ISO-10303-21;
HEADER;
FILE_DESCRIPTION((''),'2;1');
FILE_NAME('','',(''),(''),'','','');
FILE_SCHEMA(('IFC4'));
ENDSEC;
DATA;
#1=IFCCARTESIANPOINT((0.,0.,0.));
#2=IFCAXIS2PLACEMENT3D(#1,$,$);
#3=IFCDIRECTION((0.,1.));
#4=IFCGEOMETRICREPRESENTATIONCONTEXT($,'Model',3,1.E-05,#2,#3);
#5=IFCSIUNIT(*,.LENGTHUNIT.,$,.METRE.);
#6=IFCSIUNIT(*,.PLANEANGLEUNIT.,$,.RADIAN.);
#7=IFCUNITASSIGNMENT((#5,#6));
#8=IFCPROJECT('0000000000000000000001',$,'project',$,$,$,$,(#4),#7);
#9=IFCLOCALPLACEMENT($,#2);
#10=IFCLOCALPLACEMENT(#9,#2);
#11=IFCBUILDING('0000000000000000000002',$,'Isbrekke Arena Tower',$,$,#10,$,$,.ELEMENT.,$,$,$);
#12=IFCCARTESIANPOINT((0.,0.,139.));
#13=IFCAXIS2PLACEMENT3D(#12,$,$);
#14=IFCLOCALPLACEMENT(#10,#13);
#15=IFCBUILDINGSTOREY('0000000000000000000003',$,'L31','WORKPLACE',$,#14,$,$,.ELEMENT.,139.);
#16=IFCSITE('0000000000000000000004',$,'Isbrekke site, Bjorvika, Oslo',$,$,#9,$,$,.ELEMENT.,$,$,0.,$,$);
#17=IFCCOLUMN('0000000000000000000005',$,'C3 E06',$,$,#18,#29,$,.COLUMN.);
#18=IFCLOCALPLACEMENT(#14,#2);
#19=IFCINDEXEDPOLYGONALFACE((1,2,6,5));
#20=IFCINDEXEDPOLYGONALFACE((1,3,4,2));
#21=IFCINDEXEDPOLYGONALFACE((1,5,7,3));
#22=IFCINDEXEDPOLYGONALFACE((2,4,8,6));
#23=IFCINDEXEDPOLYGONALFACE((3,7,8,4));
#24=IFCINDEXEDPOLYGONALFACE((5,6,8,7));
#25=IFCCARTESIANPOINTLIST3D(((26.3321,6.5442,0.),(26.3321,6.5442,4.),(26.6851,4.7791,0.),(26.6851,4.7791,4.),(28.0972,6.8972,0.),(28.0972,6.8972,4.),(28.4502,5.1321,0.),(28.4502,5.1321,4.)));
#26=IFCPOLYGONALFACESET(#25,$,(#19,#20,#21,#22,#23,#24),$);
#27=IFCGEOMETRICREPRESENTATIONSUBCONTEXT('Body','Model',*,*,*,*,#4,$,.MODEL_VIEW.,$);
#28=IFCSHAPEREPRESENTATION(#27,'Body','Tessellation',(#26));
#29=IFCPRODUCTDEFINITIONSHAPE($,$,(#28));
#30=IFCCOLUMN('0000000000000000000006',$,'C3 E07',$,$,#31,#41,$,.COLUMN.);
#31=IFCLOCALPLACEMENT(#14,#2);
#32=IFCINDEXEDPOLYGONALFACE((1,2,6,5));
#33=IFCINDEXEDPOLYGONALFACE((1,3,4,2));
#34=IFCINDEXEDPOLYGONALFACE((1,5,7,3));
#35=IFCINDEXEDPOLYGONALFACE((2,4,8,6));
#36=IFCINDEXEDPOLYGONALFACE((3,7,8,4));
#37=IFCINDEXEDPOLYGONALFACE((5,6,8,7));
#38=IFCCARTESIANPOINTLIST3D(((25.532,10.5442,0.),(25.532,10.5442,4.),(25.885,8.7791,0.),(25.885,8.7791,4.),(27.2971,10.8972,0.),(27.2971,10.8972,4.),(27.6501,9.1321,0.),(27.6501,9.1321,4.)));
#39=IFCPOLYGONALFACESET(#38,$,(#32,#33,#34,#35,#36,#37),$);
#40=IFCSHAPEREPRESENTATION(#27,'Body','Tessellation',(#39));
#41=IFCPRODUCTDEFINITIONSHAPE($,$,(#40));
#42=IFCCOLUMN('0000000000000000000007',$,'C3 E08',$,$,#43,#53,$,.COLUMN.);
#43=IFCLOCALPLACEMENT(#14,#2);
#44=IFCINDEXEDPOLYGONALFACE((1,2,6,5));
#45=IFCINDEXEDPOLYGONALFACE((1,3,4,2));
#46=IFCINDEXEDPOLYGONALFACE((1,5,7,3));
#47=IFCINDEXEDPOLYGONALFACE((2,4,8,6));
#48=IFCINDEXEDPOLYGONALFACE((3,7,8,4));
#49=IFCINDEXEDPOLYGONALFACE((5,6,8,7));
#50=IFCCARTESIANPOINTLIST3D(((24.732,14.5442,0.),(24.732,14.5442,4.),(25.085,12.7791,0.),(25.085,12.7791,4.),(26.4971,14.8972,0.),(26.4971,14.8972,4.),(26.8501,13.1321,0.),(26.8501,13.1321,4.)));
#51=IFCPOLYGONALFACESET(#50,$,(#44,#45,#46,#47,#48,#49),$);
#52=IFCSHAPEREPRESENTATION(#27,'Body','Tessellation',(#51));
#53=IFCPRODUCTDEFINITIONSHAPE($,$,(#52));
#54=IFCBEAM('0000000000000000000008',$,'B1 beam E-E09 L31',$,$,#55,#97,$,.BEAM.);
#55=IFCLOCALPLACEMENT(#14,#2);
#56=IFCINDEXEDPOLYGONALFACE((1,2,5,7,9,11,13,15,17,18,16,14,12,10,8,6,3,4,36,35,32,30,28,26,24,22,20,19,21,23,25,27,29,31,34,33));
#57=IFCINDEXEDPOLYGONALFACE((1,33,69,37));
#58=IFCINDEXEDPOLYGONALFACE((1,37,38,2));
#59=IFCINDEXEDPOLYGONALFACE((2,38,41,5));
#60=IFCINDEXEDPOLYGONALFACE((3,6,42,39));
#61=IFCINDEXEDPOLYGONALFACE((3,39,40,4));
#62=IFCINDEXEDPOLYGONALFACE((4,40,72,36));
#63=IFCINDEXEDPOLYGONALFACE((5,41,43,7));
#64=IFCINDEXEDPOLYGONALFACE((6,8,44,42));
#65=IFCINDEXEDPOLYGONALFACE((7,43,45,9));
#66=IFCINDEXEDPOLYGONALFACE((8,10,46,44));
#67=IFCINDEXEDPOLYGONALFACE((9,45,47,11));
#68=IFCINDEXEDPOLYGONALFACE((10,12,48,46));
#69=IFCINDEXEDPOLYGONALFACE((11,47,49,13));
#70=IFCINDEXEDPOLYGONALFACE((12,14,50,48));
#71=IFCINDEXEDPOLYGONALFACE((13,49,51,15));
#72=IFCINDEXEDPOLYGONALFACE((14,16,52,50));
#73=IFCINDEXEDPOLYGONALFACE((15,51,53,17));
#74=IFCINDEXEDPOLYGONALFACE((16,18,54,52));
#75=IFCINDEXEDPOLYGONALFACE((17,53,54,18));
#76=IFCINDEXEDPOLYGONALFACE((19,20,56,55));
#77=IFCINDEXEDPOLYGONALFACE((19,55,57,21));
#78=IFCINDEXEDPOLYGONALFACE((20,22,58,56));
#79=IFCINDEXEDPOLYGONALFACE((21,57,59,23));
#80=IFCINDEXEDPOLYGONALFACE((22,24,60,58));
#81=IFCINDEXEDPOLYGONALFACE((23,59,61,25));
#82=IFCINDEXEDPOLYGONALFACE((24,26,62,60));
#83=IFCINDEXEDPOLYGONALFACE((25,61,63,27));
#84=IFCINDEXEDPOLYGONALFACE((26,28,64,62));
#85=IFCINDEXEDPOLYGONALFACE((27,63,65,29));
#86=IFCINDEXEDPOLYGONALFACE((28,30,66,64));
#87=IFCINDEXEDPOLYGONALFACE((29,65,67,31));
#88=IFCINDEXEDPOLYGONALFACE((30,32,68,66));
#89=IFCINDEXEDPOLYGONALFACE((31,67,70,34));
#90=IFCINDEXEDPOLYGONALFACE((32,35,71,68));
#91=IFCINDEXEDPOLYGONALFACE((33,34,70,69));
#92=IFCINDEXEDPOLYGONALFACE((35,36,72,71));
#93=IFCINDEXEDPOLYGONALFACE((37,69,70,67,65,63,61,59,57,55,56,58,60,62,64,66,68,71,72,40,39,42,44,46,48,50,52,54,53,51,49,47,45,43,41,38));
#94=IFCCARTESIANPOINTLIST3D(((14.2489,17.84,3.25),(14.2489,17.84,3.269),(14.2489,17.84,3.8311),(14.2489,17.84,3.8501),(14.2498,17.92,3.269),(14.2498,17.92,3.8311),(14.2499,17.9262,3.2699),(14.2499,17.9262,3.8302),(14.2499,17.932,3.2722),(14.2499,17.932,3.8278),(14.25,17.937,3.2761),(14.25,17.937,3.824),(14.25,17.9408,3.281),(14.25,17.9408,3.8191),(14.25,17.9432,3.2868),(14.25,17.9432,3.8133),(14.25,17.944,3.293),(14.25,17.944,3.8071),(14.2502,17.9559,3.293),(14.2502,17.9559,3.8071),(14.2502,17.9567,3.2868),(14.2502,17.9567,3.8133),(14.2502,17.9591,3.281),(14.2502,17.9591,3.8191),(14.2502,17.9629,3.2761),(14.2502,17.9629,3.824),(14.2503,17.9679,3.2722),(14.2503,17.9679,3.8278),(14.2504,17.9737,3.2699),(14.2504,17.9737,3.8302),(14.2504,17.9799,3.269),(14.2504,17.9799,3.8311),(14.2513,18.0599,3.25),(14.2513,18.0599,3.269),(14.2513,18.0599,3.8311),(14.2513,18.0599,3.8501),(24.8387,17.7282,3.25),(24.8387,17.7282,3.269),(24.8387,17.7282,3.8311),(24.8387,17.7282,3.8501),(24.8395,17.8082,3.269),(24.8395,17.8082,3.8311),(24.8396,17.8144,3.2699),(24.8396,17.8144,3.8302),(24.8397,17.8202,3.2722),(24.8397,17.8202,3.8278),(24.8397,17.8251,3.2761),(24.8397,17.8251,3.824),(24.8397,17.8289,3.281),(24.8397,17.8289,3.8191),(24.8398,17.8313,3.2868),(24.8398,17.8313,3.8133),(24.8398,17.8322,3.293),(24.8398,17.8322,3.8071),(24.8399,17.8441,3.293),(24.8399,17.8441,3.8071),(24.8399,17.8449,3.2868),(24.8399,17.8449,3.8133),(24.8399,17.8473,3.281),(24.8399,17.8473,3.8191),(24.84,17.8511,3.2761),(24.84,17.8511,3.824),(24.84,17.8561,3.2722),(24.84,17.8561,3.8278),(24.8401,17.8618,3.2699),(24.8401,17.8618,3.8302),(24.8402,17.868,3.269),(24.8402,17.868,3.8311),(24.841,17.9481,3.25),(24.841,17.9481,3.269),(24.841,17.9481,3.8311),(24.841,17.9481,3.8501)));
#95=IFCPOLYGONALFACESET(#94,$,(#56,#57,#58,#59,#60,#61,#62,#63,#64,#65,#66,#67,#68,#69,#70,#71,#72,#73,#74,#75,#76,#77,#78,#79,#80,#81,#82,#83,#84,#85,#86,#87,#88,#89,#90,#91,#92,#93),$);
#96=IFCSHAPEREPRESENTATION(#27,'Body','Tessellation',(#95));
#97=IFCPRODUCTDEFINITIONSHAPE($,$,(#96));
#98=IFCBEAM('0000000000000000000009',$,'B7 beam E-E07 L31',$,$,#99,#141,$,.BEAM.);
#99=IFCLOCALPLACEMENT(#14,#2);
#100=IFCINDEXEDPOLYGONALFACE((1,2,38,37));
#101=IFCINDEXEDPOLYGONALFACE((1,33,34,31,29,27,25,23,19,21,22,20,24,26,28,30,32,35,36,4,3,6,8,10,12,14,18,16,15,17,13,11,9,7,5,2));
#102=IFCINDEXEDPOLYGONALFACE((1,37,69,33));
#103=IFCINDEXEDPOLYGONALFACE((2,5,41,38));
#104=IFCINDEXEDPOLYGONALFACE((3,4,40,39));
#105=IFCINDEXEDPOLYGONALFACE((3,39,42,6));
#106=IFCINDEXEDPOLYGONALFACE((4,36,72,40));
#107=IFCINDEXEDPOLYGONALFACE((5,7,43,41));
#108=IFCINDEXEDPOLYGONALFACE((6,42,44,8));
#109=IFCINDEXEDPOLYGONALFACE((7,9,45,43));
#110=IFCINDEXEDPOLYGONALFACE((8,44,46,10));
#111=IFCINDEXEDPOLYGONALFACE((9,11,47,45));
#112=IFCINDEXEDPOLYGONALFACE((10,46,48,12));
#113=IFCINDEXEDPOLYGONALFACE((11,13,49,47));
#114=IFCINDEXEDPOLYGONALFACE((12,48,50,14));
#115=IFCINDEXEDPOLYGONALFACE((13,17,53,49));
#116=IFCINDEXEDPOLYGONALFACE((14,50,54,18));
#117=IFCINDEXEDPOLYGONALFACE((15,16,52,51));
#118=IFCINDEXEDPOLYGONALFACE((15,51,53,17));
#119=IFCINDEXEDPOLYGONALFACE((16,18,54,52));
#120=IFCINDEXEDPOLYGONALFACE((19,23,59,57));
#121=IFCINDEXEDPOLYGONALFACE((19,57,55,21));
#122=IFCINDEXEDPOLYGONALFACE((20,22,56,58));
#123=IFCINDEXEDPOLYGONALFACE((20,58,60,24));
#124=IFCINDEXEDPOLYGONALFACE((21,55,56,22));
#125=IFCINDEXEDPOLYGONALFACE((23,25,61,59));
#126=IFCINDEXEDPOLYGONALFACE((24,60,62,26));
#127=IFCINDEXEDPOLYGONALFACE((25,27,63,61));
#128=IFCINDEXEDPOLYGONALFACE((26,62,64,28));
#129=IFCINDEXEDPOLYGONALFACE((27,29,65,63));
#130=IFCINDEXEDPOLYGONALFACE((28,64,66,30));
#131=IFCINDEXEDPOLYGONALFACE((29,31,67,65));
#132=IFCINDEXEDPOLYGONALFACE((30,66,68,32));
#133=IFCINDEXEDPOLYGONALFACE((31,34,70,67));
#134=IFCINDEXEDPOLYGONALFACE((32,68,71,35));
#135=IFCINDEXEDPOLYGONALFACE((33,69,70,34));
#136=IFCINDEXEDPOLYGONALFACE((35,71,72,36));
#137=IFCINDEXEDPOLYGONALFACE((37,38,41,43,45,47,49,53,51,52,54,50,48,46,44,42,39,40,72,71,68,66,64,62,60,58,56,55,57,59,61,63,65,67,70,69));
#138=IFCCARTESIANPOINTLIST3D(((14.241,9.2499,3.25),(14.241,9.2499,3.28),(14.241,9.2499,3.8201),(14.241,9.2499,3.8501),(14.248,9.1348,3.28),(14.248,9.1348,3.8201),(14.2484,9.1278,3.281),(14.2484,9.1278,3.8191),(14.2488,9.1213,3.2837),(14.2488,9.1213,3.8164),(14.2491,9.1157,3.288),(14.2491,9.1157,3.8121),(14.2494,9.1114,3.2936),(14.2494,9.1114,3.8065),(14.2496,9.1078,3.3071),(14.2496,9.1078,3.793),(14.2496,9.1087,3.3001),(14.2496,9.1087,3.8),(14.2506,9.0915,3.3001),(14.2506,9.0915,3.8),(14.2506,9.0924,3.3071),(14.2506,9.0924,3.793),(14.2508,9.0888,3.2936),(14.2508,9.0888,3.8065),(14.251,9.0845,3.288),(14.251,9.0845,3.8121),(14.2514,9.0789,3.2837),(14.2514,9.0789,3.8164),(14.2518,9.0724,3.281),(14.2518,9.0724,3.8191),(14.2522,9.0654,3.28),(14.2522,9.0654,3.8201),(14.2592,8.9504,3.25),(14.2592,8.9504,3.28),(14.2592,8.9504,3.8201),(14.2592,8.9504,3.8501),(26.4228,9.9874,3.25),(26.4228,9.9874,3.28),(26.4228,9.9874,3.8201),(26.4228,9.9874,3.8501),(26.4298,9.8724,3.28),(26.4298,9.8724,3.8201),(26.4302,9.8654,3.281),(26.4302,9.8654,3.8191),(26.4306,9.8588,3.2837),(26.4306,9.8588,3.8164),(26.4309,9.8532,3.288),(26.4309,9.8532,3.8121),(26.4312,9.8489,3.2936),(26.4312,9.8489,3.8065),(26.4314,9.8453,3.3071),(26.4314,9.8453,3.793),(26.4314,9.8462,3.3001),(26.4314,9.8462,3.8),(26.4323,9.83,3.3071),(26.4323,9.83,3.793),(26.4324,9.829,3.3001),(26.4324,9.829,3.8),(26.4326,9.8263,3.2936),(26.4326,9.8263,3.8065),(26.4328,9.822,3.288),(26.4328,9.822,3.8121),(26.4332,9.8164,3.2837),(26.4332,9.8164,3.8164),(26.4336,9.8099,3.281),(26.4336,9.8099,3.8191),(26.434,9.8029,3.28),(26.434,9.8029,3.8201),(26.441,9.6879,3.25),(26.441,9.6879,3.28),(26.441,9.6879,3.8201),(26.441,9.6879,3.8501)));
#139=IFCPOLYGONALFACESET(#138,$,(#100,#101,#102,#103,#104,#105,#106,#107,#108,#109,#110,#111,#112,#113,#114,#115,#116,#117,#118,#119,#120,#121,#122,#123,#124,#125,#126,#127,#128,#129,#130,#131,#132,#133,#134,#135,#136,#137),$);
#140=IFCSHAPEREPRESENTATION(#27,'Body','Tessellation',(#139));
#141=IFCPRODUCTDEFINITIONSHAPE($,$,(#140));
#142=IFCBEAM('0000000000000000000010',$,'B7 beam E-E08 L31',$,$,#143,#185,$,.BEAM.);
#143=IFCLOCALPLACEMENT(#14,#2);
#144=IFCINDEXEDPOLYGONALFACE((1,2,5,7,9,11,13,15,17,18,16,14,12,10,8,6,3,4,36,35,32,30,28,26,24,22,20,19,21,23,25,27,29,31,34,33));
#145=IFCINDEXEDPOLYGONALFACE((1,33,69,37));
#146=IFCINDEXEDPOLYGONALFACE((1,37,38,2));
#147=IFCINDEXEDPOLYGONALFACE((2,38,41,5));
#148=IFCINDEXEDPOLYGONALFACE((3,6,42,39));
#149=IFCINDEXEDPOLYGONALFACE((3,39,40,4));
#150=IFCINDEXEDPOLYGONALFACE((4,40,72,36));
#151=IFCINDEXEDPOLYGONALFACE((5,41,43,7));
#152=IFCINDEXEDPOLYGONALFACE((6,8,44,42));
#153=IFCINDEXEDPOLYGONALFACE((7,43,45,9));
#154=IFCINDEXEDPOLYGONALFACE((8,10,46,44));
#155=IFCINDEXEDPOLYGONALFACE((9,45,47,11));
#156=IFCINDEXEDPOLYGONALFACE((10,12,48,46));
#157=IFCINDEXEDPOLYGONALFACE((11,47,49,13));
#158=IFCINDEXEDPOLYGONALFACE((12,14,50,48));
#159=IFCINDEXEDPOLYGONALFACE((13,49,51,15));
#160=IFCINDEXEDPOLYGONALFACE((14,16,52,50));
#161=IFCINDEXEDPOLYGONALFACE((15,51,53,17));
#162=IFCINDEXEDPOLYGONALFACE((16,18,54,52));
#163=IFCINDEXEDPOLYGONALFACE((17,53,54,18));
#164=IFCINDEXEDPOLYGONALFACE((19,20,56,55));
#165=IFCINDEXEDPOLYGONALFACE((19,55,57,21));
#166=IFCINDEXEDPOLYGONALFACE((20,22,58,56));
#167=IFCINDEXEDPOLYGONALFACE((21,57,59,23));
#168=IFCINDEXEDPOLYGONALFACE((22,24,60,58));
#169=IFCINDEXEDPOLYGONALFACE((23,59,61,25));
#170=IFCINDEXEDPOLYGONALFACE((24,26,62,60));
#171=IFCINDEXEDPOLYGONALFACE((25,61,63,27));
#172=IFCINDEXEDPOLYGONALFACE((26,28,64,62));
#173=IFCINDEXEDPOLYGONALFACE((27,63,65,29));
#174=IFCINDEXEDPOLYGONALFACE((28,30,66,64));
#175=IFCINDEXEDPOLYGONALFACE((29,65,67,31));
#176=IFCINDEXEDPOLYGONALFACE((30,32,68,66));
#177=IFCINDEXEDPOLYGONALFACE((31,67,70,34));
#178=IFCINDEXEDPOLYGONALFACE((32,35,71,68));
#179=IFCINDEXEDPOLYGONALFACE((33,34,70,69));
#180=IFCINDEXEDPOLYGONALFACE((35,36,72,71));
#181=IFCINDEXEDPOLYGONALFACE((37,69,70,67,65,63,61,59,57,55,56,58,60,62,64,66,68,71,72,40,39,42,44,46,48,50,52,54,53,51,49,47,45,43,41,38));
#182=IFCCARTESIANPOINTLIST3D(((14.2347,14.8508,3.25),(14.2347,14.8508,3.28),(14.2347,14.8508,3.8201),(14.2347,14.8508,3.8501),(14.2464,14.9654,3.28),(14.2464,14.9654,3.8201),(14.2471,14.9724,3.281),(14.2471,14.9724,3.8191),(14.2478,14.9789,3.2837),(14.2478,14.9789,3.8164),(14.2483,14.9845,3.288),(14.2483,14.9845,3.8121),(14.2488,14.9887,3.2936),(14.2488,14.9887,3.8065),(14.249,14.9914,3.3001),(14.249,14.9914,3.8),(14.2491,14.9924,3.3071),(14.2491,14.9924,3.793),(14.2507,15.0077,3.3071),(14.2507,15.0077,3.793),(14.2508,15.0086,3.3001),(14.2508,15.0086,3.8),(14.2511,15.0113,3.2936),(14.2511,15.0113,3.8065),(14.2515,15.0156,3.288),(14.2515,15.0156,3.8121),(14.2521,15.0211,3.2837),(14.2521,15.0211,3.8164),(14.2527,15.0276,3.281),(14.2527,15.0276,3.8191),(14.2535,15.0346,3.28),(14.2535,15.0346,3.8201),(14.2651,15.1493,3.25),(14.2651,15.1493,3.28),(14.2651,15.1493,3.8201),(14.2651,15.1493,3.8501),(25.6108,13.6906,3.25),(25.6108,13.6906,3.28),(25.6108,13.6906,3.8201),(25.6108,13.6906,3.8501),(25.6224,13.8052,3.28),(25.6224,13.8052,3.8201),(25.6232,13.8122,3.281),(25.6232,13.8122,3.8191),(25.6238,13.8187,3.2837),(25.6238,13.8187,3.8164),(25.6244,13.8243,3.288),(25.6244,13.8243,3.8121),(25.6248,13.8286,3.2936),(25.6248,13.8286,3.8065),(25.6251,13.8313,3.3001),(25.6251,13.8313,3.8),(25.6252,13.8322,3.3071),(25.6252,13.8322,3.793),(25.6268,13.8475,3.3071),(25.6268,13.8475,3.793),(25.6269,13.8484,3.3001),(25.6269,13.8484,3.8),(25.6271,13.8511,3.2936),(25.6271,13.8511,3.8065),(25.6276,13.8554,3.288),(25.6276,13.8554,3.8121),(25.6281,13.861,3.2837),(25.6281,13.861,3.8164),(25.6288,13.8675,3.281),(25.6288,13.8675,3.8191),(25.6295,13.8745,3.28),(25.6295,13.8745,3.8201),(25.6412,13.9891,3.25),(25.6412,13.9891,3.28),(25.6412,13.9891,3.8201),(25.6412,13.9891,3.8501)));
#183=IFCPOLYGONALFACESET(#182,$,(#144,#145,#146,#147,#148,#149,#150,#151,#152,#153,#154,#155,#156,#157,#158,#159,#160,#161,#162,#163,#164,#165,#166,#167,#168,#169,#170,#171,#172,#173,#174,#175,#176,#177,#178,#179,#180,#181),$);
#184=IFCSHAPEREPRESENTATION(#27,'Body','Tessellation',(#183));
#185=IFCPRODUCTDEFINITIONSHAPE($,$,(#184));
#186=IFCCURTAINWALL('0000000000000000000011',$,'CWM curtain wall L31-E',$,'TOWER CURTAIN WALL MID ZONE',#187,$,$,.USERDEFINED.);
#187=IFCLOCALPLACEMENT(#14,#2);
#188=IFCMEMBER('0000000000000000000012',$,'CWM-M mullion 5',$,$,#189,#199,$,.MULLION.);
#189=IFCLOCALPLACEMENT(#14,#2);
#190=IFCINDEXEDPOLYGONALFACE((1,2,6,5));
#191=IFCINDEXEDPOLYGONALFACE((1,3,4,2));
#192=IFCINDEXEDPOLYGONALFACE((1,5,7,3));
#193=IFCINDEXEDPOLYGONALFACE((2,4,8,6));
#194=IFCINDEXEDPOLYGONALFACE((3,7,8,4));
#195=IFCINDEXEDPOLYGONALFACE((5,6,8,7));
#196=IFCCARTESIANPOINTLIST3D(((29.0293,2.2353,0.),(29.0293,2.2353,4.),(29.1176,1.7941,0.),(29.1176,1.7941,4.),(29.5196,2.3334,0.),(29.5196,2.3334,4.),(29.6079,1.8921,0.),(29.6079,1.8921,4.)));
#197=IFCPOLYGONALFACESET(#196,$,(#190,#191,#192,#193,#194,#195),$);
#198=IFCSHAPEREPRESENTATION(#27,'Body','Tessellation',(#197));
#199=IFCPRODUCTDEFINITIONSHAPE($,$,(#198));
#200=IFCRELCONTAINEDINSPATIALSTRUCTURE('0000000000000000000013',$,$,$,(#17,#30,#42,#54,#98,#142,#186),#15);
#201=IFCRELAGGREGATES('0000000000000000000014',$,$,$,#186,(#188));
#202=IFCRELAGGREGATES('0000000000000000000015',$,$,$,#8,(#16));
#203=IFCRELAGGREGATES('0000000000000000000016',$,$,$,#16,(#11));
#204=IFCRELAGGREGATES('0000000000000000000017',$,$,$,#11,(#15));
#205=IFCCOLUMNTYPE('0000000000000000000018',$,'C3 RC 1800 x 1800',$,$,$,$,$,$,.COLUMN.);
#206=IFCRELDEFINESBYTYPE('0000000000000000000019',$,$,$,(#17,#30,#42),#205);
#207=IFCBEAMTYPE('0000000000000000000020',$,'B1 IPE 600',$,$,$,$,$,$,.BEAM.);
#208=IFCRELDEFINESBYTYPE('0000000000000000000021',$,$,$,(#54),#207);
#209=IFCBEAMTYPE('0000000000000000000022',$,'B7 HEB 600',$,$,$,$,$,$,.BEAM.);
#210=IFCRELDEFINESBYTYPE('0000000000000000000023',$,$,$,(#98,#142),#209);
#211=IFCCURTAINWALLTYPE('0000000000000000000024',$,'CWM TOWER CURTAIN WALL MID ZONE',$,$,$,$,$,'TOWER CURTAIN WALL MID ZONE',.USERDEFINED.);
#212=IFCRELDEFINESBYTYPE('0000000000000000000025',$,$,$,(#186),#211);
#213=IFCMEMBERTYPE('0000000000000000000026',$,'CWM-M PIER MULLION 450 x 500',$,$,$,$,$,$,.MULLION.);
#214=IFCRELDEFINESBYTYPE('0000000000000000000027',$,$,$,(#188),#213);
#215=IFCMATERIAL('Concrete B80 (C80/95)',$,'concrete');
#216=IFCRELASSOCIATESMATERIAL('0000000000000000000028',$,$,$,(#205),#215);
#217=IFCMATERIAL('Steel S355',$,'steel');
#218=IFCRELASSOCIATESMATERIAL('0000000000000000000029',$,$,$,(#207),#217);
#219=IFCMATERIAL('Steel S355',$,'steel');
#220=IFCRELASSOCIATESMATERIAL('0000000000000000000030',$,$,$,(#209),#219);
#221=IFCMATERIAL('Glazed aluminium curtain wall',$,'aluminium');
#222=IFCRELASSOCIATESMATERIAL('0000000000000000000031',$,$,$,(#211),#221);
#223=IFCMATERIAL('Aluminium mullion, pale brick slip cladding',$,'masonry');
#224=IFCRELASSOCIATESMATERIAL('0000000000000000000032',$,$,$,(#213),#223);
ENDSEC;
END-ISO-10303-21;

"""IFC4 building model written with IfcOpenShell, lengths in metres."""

from ifc_helpers import new_model, si_unit, direction, frame, origin, origin_2d, place, context, subcontext, project, spatial, rectangle, i_section, extrude, material, material_profile, profile_set, type_object, element, aggregate, save


model = new_model("IFC4")

# Units and contexts
model_context = context("Model", 3, precision=1e-05, world=origin(), true_north=direction((0.0, 1.0)))
body_context = subcontext(model_context, "Body", "Model", "MODEL_VIEW")
ifc_project = project(units=[si_unit("LENGTHUNIT", "METRE"), si_unit("PLANEANGLEUNIT", "RADIAN")], contexts=[model_context])

# Site, building, storey
site_placement = place(None, origin())
site = spatial("IfcSite", under=ifc_project, at=site_placement, Name="Isbrekke site, Bjorvika, Oslo", CompositionType="ELEMENT", RefElevation=0.0)
building_placement = place(site_placement, origin())
building = spatial("IfcBuilding", under=site, at=building_placement, Name="Isbrekke Arena Tower", CompositionType="ELEMENT")
storey_placement = place(building_placement, frame((0.0, 0.0, 139.0)))
storey = spatial("IfcBuildingStorey", under=building, at=storey_placement, Name="L31", Description="WORKPLACE", CompositionType="ELEMENT", Elevation=139.0)

# Columns
ifc_material_1 = material(Name="Concrete B80 (C80/95)", Category="concrete")
ifc_material_profile_1 = material_profile(ifc_material_1, rectangle(XDim=1.8, YDim=1.8, at=origin_2d()), Name="RC 1800x1800")
ifc_profile_set_1 = profile_set([ifc_material_profile_1], Name="Concrete B80 (C80/95)")
column_type = type_object("IfcColumnType", Name="C3 RC 1800 x 1800", PredefinedType="COLUMN", material=ifc_profile_set_1)
for number, where, z_axis, x_axis, name in (
    (1, (27.3911, 5.8381, 0.0), (0.0, 0.0, 1.0), (-0.196116, 0.980581, 0.0), "C3 E06"),
    (2, (26.5911, 9.8381, 0.0), (0.0, 0.0, 1.0), (-0.196116, 0.980581, 0.0), "C3 E07"),
    (3, (25.791, 13.8381, 0.0), (0.0, 0.0, 1.0), (-0.196116, 0.980581, 0.0), "C3 E08"),
):
    element("IfcColumn", number, at=place(storey_placement, frame(where, z_axis=z_axis, x_axis=x_axis)), inside=storey, type_object=column_type, Name=name, PredefinedType="COLUMN", context=body_context, shape_type="SweptSolid", body=[
        extrude(rectangle(XDim=1.8, YDim=1.8, at=origin_2d()), origin(), (0.0, 0.0, 1.0), 4.0),
    ])

# Beams
ifc_material_2 = material(Name="Steel S355", Category="steel")
ifc_material_profile_2 = material_profile(ifc_material_2, i_section(OverallWidth=0.22, OverallDepth=0.6001, WebThickness=0.012, FlangeThickness=0.019, FilletRadius=0.0239, at=origin_2d()), Name="IPE 600")
ifc_profile_set_2 = profile_set([ifc_material_profile_2], Name="Steel S355")
beam_type_1 = type_object("IfcBeamType", Name="B1 IPE 600", PredefinedType="BEAM", material=ifc_profile_set_2)
beam_1_placement = place(storey_placement, frame((24.8398, 17.8381, 3.55), z_axis=(-0.999944, 0.010558, 0.0), x_axis=(-0.010558, -0.999944, 0.0)))
element("IfcBeam", 4, at=beam_1_placement, inside=storey, type_object=beam_type_1, Name="B1 beam E-E09 L31", PredefinedType="BEAM", context=body_context, shape_type="SweptSolid", body=[
    extrude(i_section(OverallWidth=0.22, OverallDepth=0.6001, WebThickness=0.012, FlangeThickness=0.019, FilletRadius=0.0239, at=origin_2d()), origin(), (0.0, 0.0, 1.0), 10.5903),
])
ifc_material_3 = material(Name="Steel S355", Category="steel")
ifc_material_profile_3 = material_profile(ifc_material_3, i_section(OverallWidth=0.3, OverallDepth=0.6001, WebThickness=0.0154, FlangeThickness=0.03, FilletRadius=0.0271, at=origin_2d()), Name="HEB 600")
ifc_profile_set_3 = profile_set([ifc_material_profile_3], Name="Steel S355")
beam_type_2 = type_object("IfcBeamType", Name="B7 HEB 600", PredefinedType="BEAM", material=ifc_profile_set_3)
beam_2_placement = place(storey_placement, frame((26.4319, 9.8376, 3.55), z_axis=(-0.998172, -0.060434, 0.0), x_axis=(0.060434, -0.998172, 0.0)))
element("IfcBeam", 5, at=beam_2_placement, inside=storey, type_object=beam_type_2, Name="B7 beam E-E07 L31", PredefinedType="BEAM", context=body_context, shape_type="SweptSolid", body=[
    extrude(i_section(OverallWidth=0.3, OverallDepth=0.6001, WebThickness=0.0154, FlangeThickness=0.03, FilletRadius=0.0271, at=origin_2d()), origin(), (0.0, 0.0, 1.0), 12.2041),
])
beam_3_placement = place(storey_placement, frame((25.626, 13.8398, 3.55), z_axis=(-0.99484, 0.101457, 0.0), x_axis=(-0.101457, -0.99484, 0.0)))
element("IfcBeam", 6, at=beam_3_placement, inside=storey, type_object=beam_type_2, Name="B7 beam E-E08 L31", PredefinedType="BEAM", context=body_context, shape_type="SweptSolid", body=[
    extrude(i_section(OverallWidth=0.3, OverallDepth=0.6001, WebThickness=0.0154, FlangeThickness=0.03, FilletRadius=0.0271, at=origin_2d()), origin(), (0.0, 0.0, 1.0), 11.4351),
])

# Curtain wall, member
ifc_material_4 = material(Name="Glazed aluminium curtain wall", Category="aluminium")
curtain_wall_type = type_object("IfcCurtainWallType", Name="CWM TOWER CURTAIN WALL MID ZONE", ElementType="TOWER CURTAIN WALL MID ZONE", PredefinedType="USERDEFINED", material=ifc_material_4)
curtain_wall_placement = place(storey_placement, origin())
curtain_wall = element("IfcCurtainWall", 7, at=curtain_wall_placement, inside=storey, type_object=curtain_wall_type, Name="CWM curtain wall L31-E", ObjectType="TOWER CURTAIN WALL MID ZONE", PredefinedType="USERDEFINED")
ifc_material_5 = material(Name="Aluminium mullion, pale brick slip cladding", Category="masonry")
ifc_material_profile_4 = material_profile(ifc_material_5, rectangle(XDim=0.45, YDim=0.5, at=origin_2d()), Name="PIER 450X500")
ifc_profile_set_4 = profile_set([ifc_material_profile_4], Name="Aluminium mullion, pale brick slip cladding")
member_type_1 = type_object("IfcMemberType", Name="CWM-M PIER MULLION 450 x 500", PredefinedType="MULLION", material=ifc_profile_set_4)
member_1_placement = place(storey_placement, frame((29.3186, 2.0637, 0.0), z_axis=(0.0, 0.0, 1.0), x_axis=(-0.196116, 0.980581, 0.0)))
member_1 = element("IfcMember", 8, at=member_1_placement, type_object=member_type_1, Name="CWM-M mullion 5", PredefinedType="MULLION", context=body_context, shape_type="SweptSolid", body=[
    extrude(rectangle(XDim=0.45, YDim=0.5, at=origin_2d()), origin(), (0.0, 0.0, 1.0), 4.0),
])

aggregate(curtain_wall, [member_1])

save(model, "model.ifc")
